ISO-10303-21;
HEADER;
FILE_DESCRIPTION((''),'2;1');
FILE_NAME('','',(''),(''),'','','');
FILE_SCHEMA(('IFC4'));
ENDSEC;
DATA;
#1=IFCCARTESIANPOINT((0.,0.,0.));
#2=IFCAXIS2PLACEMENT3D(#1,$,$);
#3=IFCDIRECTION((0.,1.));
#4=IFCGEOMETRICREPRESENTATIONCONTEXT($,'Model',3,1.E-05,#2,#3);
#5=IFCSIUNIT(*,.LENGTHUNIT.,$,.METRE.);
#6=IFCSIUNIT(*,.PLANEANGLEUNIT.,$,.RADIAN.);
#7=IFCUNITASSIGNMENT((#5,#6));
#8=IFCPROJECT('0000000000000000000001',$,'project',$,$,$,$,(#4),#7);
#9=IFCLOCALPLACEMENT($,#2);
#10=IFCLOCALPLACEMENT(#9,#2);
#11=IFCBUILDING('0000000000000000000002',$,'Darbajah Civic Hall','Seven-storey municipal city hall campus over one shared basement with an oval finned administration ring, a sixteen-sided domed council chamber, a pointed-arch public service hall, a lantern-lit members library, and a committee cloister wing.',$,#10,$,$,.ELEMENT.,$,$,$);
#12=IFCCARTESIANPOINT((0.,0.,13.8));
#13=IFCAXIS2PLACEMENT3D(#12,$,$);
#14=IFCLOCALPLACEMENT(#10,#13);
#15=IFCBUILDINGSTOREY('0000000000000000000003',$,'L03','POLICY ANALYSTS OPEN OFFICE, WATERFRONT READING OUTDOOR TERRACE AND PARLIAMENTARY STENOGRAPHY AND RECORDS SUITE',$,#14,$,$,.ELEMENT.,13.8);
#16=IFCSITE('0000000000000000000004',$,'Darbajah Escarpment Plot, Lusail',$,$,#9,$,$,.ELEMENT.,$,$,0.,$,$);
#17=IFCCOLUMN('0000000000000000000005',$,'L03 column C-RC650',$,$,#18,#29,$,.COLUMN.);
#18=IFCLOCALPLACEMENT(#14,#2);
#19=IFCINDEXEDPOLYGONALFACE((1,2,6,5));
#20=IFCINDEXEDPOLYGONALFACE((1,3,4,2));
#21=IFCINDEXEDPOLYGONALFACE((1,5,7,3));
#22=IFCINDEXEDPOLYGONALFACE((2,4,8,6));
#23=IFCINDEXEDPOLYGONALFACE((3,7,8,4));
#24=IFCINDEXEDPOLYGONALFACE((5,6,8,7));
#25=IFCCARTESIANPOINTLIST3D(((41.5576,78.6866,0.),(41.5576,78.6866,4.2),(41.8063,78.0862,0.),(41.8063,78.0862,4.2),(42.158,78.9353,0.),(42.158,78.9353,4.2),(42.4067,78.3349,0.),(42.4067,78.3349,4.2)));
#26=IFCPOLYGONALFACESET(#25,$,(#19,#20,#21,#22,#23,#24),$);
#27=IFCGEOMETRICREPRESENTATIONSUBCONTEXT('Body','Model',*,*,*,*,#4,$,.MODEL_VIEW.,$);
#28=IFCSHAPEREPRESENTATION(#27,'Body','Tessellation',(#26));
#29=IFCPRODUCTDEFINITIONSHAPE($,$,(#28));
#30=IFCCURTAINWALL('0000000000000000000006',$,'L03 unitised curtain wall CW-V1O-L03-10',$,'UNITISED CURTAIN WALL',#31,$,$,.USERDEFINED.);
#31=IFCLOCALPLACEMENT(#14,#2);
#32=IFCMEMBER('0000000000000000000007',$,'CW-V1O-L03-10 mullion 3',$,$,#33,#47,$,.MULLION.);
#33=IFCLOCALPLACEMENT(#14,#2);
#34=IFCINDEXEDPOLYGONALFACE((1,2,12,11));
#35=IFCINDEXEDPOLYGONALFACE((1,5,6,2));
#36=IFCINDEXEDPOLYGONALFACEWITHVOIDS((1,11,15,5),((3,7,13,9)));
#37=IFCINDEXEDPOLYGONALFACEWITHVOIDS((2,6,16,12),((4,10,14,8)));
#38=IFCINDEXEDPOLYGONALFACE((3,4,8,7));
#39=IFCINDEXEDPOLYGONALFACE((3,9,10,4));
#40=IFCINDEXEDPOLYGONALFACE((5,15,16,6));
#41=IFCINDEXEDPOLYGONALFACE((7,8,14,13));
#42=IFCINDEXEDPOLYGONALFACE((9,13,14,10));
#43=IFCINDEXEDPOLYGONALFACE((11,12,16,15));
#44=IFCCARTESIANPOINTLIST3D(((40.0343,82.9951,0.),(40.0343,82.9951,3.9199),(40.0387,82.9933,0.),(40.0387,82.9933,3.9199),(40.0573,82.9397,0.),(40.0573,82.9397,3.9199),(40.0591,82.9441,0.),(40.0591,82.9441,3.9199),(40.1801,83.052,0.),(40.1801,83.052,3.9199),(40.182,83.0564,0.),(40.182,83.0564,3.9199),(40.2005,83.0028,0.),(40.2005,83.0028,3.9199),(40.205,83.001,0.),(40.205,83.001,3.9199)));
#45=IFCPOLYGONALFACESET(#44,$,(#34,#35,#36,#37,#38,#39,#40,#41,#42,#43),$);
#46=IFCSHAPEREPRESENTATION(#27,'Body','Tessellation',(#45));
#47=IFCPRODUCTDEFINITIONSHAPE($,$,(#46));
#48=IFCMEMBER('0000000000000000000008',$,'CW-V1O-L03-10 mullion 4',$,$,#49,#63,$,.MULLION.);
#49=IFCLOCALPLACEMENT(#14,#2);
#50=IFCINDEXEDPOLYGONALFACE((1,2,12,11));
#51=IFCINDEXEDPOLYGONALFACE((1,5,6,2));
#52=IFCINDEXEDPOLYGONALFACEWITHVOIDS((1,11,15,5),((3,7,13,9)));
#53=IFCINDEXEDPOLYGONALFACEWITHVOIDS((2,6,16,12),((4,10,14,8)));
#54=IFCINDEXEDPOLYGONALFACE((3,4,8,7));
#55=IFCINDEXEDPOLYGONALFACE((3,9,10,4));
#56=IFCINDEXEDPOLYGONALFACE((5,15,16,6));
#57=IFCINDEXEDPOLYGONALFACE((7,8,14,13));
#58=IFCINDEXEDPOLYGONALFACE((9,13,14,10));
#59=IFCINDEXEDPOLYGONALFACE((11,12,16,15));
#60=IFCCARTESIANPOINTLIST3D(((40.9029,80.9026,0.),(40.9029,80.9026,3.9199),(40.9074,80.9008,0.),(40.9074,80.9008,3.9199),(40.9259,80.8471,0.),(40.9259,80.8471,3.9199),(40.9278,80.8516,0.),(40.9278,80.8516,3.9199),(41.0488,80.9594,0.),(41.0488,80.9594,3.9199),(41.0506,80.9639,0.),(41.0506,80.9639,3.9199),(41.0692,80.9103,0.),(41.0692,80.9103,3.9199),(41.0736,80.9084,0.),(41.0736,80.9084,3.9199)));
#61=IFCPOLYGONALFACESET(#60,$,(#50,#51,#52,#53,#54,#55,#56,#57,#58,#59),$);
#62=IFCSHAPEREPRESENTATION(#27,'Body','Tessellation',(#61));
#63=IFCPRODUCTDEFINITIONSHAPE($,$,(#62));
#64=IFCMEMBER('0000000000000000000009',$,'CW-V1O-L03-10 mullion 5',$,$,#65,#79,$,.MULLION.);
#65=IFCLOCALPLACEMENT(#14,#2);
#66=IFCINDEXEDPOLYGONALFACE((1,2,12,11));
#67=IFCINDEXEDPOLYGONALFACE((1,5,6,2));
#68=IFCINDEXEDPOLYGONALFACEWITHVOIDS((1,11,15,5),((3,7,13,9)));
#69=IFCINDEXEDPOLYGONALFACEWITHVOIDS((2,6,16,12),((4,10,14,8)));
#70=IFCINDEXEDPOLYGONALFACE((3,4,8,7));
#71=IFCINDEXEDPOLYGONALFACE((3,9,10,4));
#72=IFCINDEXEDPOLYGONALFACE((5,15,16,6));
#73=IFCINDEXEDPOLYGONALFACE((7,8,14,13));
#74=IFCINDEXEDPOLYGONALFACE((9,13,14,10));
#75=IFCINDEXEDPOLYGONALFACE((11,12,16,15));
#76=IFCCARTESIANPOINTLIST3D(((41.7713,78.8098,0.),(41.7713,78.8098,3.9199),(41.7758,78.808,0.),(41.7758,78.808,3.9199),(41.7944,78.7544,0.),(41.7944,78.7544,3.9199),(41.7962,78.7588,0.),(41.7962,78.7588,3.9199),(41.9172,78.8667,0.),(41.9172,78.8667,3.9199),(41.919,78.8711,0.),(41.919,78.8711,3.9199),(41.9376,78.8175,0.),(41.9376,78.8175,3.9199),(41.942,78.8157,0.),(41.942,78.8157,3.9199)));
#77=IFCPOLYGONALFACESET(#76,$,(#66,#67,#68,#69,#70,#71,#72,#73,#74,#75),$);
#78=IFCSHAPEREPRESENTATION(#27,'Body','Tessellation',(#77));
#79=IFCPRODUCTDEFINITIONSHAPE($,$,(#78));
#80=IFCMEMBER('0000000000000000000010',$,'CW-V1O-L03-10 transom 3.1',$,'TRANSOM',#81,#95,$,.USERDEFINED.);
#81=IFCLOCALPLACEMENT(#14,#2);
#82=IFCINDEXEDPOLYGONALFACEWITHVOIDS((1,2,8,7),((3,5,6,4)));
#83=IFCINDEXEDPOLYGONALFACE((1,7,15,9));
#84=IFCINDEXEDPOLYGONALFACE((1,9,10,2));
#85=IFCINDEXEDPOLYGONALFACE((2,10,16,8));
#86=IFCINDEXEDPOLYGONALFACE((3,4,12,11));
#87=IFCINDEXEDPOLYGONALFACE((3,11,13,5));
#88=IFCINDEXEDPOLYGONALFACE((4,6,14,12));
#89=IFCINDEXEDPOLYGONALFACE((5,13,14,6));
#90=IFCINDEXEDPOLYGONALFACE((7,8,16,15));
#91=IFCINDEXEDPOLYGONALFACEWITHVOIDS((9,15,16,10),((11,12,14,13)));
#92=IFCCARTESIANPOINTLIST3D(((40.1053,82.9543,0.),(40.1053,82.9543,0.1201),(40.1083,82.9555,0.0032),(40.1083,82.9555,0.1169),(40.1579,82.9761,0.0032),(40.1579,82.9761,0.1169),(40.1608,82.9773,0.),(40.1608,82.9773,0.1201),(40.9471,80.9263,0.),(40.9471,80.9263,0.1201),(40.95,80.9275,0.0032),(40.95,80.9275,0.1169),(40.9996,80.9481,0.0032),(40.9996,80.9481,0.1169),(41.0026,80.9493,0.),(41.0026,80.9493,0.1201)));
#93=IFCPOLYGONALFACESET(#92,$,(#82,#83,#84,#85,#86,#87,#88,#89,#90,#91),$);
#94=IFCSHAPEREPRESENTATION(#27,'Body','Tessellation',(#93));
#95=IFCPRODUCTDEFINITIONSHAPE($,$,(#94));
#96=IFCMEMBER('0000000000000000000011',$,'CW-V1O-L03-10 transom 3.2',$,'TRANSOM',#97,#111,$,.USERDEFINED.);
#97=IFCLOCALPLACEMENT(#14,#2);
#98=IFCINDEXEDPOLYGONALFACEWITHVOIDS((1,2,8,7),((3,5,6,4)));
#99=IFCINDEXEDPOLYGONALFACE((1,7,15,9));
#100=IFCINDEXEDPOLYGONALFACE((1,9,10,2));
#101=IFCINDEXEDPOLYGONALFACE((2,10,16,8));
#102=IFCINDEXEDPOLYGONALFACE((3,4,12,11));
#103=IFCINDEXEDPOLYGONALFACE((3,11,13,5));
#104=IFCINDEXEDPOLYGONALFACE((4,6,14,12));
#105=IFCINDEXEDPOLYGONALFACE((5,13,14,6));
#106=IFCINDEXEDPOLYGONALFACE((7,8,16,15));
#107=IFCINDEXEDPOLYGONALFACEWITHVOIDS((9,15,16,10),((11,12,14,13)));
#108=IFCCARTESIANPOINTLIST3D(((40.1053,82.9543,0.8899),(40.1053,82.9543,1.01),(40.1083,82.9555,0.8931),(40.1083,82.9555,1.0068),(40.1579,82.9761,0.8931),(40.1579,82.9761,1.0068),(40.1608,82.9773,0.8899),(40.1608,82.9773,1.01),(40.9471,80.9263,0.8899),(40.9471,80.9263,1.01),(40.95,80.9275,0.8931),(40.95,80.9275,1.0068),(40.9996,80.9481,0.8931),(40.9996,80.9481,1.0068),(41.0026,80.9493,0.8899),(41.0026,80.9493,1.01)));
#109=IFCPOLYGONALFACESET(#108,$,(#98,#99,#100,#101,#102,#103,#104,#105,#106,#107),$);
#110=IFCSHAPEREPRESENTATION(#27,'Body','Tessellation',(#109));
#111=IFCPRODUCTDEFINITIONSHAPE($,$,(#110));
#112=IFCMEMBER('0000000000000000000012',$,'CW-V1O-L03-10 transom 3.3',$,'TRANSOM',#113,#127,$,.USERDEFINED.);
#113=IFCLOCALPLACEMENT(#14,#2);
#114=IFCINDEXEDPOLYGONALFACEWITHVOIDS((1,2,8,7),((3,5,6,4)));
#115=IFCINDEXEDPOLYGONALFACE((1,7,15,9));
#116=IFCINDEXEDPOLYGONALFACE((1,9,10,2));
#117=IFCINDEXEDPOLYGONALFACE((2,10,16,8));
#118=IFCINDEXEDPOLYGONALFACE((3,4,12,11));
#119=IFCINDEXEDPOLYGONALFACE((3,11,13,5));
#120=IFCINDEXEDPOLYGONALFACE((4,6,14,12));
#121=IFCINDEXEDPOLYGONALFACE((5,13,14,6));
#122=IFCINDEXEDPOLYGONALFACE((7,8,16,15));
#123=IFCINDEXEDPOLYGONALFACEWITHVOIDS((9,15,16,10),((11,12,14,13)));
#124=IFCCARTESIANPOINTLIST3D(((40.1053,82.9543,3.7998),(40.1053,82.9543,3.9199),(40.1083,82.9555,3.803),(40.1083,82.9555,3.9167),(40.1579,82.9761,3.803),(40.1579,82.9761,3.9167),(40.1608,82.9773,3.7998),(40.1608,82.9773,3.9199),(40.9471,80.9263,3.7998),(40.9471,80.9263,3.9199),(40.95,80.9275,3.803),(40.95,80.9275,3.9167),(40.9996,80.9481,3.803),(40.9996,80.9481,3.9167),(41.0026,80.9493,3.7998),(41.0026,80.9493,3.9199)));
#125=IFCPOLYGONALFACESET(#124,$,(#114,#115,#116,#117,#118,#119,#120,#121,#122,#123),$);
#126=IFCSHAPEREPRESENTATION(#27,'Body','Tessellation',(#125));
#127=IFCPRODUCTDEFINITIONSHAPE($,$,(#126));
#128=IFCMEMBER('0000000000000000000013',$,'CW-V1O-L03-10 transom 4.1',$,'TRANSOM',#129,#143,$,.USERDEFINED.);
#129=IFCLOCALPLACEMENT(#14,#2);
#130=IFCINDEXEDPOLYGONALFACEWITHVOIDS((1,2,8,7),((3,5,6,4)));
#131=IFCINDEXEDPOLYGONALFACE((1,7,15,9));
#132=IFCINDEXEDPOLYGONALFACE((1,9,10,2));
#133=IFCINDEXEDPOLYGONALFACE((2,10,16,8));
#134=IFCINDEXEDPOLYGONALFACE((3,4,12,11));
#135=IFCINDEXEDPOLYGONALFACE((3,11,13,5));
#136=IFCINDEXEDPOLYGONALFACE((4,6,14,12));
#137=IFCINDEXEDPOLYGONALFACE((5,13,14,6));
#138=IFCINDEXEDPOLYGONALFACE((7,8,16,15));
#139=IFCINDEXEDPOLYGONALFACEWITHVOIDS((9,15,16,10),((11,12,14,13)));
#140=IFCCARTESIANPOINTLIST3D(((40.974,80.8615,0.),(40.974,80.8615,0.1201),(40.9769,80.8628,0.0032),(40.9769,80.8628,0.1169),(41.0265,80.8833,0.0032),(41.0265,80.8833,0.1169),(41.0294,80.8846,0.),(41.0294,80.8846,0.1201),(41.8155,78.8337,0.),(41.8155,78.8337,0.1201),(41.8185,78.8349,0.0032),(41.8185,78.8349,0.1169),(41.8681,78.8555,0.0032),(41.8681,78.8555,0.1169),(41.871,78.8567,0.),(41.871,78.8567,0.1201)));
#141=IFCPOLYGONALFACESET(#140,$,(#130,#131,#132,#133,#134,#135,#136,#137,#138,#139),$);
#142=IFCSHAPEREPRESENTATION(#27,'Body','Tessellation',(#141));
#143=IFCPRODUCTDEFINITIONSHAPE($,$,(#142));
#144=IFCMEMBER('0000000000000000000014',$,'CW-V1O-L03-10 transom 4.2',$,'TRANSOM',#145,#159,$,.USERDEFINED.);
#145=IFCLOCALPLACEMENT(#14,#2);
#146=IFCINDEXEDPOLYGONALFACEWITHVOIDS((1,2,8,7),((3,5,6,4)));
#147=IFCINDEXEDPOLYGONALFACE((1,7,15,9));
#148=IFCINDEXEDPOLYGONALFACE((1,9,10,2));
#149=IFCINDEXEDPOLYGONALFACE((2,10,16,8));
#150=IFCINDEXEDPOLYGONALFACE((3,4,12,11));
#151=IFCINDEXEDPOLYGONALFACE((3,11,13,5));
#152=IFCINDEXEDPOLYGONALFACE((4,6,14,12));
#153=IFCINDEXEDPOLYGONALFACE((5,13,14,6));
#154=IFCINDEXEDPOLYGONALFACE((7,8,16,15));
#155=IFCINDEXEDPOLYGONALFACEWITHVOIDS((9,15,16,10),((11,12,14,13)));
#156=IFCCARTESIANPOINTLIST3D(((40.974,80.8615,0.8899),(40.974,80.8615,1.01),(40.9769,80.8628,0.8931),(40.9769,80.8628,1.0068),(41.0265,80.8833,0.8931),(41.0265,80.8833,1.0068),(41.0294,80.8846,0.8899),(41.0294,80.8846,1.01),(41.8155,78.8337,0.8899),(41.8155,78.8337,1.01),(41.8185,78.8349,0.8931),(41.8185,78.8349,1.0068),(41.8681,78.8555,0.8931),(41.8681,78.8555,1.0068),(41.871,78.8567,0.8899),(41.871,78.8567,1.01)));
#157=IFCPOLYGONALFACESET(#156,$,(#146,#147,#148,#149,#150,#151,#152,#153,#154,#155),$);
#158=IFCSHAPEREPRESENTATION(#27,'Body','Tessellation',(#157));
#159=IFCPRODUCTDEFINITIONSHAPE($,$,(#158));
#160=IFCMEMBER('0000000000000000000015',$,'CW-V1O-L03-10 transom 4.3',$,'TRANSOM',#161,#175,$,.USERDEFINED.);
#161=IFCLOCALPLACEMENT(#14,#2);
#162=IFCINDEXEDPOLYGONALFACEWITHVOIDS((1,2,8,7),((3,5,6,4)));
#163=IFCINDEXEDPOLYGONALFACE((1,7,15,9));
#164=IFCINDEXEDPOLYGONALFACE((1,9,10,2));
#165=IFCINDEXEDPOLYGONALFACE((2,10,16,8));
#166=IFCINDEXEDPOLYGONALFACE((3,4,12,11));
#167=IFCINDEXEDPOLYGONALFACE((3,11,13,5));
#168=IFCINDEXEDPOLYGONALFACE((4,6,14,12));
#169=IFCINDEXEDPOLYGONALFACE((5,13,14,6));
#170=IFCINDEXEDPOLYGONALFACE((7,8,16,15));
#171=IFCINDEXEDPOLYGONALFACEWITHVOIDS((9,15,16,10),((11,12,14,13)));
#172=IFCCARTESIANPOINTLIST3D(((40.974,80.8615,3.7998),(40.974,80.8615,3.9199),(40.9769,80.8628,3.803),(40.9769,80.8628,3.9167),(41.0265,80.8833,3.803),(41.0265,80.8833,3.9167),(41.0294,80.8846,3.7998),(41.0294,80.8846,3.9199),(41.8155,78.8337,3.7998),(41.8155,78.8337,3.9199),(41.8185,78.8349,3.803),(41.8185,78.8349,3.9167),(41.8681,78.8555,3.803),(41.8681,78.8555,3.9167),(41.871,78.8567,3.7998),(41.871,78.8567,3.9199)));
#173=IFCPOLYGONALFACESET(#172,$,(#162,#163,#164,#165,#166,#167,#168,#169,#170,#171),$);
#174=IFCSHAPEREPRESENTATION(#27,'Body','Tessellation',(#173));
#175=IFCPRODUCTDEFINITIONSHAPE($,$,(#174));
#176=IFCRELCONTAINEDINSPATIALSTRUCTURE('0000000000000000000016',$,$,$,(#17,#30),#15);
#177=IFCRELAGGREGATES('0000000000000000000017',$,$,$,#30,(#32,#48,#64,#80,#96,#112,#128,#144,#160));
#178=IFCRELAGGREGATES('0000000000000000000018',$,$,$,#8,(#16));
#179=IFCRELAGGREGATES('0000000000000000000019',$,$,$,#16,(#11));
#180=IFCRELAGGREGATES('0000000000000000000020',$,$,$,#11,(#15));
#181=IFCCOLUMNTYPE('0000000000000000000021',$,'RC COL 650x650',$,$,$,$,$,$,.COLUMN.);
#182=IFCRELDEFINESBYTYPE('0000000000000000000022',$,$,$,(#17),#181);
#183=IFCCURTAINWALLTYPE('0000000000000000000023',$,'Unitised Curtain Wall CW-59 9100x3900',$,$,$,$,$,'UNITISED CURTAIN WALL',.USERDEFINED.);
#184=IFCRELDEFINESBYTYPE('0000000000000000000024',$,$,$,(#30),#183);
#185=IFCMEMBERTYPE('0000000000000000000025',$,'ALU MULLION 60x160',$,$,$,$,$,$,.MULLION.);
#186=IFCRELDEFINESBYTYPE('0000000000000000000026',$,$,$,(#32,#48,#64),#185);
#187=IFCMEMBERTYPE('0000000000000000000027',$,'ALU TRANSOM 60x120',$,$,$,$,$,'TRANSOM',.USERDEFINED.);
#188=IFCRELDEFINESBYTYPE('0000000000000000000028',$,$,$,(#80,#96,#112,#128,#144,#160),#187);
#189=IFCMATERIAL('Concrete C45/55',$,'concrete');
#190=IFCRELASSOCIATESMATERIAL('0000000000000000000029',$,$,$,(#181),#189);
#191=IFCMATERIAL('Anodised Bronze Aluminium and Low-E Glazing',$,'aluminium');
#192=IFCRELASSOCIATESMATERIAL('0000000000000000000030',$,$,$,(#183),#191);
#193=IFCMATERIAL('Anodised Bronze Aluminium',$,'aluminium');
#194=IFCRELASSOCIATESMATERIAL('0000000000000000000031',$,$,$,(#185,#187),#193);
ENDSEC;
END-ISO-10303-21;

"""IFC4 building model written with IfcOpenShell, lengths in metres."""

from ifc_helpers import new_model, si_unit, direction, frame, origin, origin_2d, place, context, subcontext, project, spatial, rectangle, hollow_rectangle, extrude, material, material_profile, profile_set, type_object, element, aggregate, save


model = new_model("IFC4")

# Units and contexts
model_context = context("Model", 3, precision=1e-05, world=origin(), true_north=direction((0.0, 1.0)))
body_context = subcontext(model_context, "Body", "Model", "MODEL_VIEW")
ifc_project = project(units=[si_unit("LENGTHUNIT", "METRE"), si_unit("PLANEANGLEUNIT", "RADIAN")], contexts=[model_context])

# Site, building, storey
site_placement = place(None, origin())
site = spatial("IfcSite", under=ifc_project, at=site_placement, Name="Darbajah Escarpment Plot, Lusail", CompositionType="ELEMENT", RefElevation=0.0)
building_placement = place(site_placement, origin())
building = spatial("IfcBuilding", under=site, at=building_placement, Name="Darbajah Civic Hall", Description="Seven-storey municipal city hall campus over one shared basement with an oval finned administration ring, a sixteen-sided domed council chamber, a pointed-arch public service hall, a lantern-lit members library, and a committee cloister wing.", CompositionType="ELEMENT")
storey_placement = place(building_placement, frame((0.0, 0.0, 13.8)))
storey = spatial("IfcBuildingStorey", under=building, at=storey_placement, Name="L03", Description="POLICY ANALYSTS OPEN OFFICE, WATERFRONT READING OUTDOOR TERRACE AND PARLIAMENTARY STENOGRAPHY AND RECORDS SUITE", CompositionType="ELEMENT", Elevation=13.8)

# Column
ifc_material_1 = material(Name="Concrete C45/55", Category="concrete")
ifc_material_profile_1 = material_profile(ifc_material_1, rectangle(XDim=0.6499, YDim=0.6499, at=origin_2d()), Name="RC COL 650x650")
ifc_profile_set_1 = profile_set([ifc_material_profile_1], Name="Concrete C45/55")
column_type = type_object("IfcColumnType", Name="RC COL 650x650", PredefinedType="COLUMN", material=ifc_profile_set_1)
column_placement = place(storey_placement, frame((41.9822, 78.5107, 0.0), z_axis=(0.0, 0.0, 1.0), x_axis=(-0.92388, -0.382683, 0.0)))
element("IfcColumn", 1, at=column_placement, inside=storey, type_object=column_type, Name="L03 column C-RC650", PredefinedType="COLUMN", context=body_context, shape_type="SweptSolid", body=[
    extrude(rectangle(XDim=0.6499, YDim=0.6499, at=origin_2d()), origin(), (0.0, 0.0, 1.0), 4.2),
])

# Curtain wall, members
ifc_material_2 = material(Name="Anodised Bronze Aluminium and Low-E Glazing", Category="aluminium")
curtain_wall_type = type_object("IfcCurtainWallType", Name="Unitised Curtain Wall CW-59 9100x3900", ElementType="UNITISED CURTAIN WALL", PredefinedType="USERDEFINED", material=ifc_material_2)
curtain_wall_placement = place(storey_placement, origin())
curtain_wall = element("IfcCurtainWall", 2, at=curtain_wall_placement, inside=storey, type_object=curtain_wall_type, Name="L03 unitised curtain wall CW-V1O-L03-10", ObjectType="UNITISED CURTAIN WALL", PredefinedType="USERDEFINED")
ifc_material_3 = material(Name="Anodised Bronze Aluminium", Category="aluminium")
ifc_material_profile_2 = material_profile(ifc_material_3, hollow_rectangle(XDim=0.0601, YDim=0.1599, WallThickness=0.0034, at=origin_2d()), Name="ALU MULLION 60x160")
ifc_profile_set_2 = profile_set([ifc_material_profile_2], Name="Anodised Bronze Aluminium")
member_type_1 = type_object("IfcMemberType", Name="ALU MULLION 60x160", PredefinedType="MULLION", material=ifc_profile_set_2)
member_1_placement = place(storey_placement, frame((40.1196, 82.998, 0.0), z_axis=(0.0, 0.0, 1.0), x_axis=(0.383328, -0.923612, 0.0)))
member_1 = element("IfcMember", 3, at=member_1_placement, type_object=member_type_1, Name="CW-V1O-L03-10 mullion 3", PredefinedType="MULLION", context=body_context, shape_type="SweptSolid", body=[
    extrude(hollow_rectangle(XDim=0.0601, YDim=0.1599, WallThickness=0.0034, at=origin_2d()), origin(), (0.0, 0.0, 1.0), 3.9199),
])
member_2_placement = place(storey_placement, frame((40.9883, 80.9055, 0.0), z_axis=(0.0, 0.0, 1.0), x_axis=(0.383328, -0.923612, 0.0)))
member_2 = element("IfcMember", 4, at=member_2_placement, type_object=member_type_1, Name="CW-V1O-L03-10 mullion 4", PredefinedType="MULLION", context=body_context, shape_type="SweptSolid", body=[
    extrude(hollow_rectangle(XDim=0.0601, YDim=0.1599, WallThickness=0.0034, at=origin_2d()), origin(), (0.0, 0.0, 1.0), 3.9199),
])
member_3_placement = place(storey_placement, frame((41.8567, 78.8127, 0.0), z_axis=(0.0, 0.0, 1.0), x_axis=(0.383328, -0.923612, 0.0)))
member_3 = element("IfcMember", 5, at=member_3_placement, type_object=member_type_1, Name="CW-V1O-L03-10 mullion 5", PredefinedType="MULLION", context=body_context, shape_type="SweptSolid", body=[
    extrude(hollow_rectangle(XDim=0.0601, YDim=0.1599, WallThickness=0.0034, at=origin_2d()), origin(), (0.0, 0.0, 1.0), 3.9199),
])
ifc_material_profile_3 = material_profile(ifc_material_3, hollow_rectangle(XDim=0.0601, YDim=0.1201, WallThickness=0.0032, at=origin_2d()), Name="ALU TRANSOM 60x120")
ifc_profile_set_3 = profile_set([ifc_material_profile_3], Name="Anodised Bronze Aluminium")
member_type_2 = type_object("IfcMemberType", Name="ALU TRANSOM 60x120", ElementType="TRANSOM", PredefinedType="USERDEFINED", material=ifc_profile_set_3)
member_4_placement = place(storey_placement, frame((40.1331, 82.9658, 0.0601), z_axis=(0.38336, -0.923599, 0.0), x_axis=(0.923599, 0.38336, 0.0)))
member_4 = element("IfcMember", 6, at=member_4_placement, type_object=member_type_2, Name="CW-V1O-L03-10 transom 3.1", ObjectType="TRANSOM", PredefinedType="USERDEFINED", context=body_context, shape_type="SweptSolid", body=[
    extrude(hollow_rectangle(XDim=0.0601, YDim=0.1201, WallThickness=0.0032, at=origin_2d()), origin(), (0.0, 0.0, 1.0), 2.1958),
])
member_5_placement = place(storey_placement, frame((40.1331, 82.9658, 0.95), z_axis=(0.38336, -0.923599, 0.0), x_axis=(0.923599, 0.38336, 0.0)))
member_5 = element("IfcMember", 7, at=member_5_placement, type_object=member_type_2, Name="CW-V1O-L03-10 transom 3.2", ObjectType="TRANSOM", PredefinedType="USERDEFINED", context=body_context, shape_type="SweptSolid", body=[
    extrude(hollow_rectangle(XDim=0.0601, YDim=0.1201, WallThickness=0.0032, at=origin_2d()), origin(), (0.0, 0.0, 1.0), 2.1958),
])
member_6_placement = place(storey_placement, frame((40.1331, 82.9658, 3.8599), z_axis=(0.38336, -0.923599, 0.0), x_axis=(0.923599, 0.38336, 0.0)))
member_6 = element("IfcMember", 8, at=member_6_placement, type_object=member_type_2, Name="CW-V1O-L03-10 transom 3.3", ObjectType="TRANSOM", PredefinedType="USERDEFINED", context=body_context, shape_type="SweptSolid", body=[
    extrude(hollow_rectangle(XDim=0.0601, YDim=0.1201, WallThickness=0.0032, at=origin_2d()), origin(), (0.0, 0.0, 1.0), 2.1958),
])
member_7_placement = place(storey_placement, frame((41.0017, 80.873, 0.0601), z_axis=(0.383304, -0.923622, 0.0), x_axis=(0.923622, 0.383304, 0.0)))
member_7 = element("IfcMember", 9, at=member_7_placement, type_object=member_type_2, Name="CW-V1O-L03-10 transom 4.1", ObjectType="TRANSOM", PredefinedType="USERDEFINED", context=body_context, shape_type="SweptSolid", body=[
    extrude(hollow_rectangle(XDim=0.0601, YDim=0.1201, WallThickness=0.0032, at=origin_2d()), origin(), (0.0, 0.0, 1.0), 2.1956),
])
member_8_placement = place(storey_placement, frame((41.0017, 80.873, 0.95), z_axis=(0.383304, -0.923622, 0.0), x_axis=(0.923622, 0.383304, 0.0)))
member_8 = element("IfcMember", 10, at=member_8_placement, type_object=member_type_2, Name="CW-V1O-L03-10 transom 4.2", ObjectType="TRANSOM", PredefinedType="USERDEFINED", context=body_context, shape_type="SweptSolid", body=[
    extrude(hollow_rectangle(XDim=0.0601, YDim=0.1201, WallThickness=0.0032, at=origin_2d()), origin(), (0.0, 0.0, 1.0), 2.1956),
])
member_9_placement = place(storey_placement, frame((41.0017, 80.873, 3.8599), z_axis=(0.383304, -0.923622, 0.0), x_axis=(0.923622, 0.383304, 0.0)))
member_9 = element("IfcMember", 11, at=member_9_placement, type_object=member_type_2, Name="CW-V1O-L03-10 transom 4.3", ObjectType="TRANSOM", PredefinedType="USERDEFINED", context=body_context, shape_type="SweptSolid", body=[
    extrude(hollow_rectangle(XDim=0.0601, YDim=0.1201, WallThickness=0.0032, at=origin_2d()), origin(), (0.0, 0.0, 1.0), 2.1956),
])

aggregate(curtain_wall, [member_1, member_2, member_3, member_4, member_5, member_6, member_7, member_8, member_9])

save(model, "model.ifc")
